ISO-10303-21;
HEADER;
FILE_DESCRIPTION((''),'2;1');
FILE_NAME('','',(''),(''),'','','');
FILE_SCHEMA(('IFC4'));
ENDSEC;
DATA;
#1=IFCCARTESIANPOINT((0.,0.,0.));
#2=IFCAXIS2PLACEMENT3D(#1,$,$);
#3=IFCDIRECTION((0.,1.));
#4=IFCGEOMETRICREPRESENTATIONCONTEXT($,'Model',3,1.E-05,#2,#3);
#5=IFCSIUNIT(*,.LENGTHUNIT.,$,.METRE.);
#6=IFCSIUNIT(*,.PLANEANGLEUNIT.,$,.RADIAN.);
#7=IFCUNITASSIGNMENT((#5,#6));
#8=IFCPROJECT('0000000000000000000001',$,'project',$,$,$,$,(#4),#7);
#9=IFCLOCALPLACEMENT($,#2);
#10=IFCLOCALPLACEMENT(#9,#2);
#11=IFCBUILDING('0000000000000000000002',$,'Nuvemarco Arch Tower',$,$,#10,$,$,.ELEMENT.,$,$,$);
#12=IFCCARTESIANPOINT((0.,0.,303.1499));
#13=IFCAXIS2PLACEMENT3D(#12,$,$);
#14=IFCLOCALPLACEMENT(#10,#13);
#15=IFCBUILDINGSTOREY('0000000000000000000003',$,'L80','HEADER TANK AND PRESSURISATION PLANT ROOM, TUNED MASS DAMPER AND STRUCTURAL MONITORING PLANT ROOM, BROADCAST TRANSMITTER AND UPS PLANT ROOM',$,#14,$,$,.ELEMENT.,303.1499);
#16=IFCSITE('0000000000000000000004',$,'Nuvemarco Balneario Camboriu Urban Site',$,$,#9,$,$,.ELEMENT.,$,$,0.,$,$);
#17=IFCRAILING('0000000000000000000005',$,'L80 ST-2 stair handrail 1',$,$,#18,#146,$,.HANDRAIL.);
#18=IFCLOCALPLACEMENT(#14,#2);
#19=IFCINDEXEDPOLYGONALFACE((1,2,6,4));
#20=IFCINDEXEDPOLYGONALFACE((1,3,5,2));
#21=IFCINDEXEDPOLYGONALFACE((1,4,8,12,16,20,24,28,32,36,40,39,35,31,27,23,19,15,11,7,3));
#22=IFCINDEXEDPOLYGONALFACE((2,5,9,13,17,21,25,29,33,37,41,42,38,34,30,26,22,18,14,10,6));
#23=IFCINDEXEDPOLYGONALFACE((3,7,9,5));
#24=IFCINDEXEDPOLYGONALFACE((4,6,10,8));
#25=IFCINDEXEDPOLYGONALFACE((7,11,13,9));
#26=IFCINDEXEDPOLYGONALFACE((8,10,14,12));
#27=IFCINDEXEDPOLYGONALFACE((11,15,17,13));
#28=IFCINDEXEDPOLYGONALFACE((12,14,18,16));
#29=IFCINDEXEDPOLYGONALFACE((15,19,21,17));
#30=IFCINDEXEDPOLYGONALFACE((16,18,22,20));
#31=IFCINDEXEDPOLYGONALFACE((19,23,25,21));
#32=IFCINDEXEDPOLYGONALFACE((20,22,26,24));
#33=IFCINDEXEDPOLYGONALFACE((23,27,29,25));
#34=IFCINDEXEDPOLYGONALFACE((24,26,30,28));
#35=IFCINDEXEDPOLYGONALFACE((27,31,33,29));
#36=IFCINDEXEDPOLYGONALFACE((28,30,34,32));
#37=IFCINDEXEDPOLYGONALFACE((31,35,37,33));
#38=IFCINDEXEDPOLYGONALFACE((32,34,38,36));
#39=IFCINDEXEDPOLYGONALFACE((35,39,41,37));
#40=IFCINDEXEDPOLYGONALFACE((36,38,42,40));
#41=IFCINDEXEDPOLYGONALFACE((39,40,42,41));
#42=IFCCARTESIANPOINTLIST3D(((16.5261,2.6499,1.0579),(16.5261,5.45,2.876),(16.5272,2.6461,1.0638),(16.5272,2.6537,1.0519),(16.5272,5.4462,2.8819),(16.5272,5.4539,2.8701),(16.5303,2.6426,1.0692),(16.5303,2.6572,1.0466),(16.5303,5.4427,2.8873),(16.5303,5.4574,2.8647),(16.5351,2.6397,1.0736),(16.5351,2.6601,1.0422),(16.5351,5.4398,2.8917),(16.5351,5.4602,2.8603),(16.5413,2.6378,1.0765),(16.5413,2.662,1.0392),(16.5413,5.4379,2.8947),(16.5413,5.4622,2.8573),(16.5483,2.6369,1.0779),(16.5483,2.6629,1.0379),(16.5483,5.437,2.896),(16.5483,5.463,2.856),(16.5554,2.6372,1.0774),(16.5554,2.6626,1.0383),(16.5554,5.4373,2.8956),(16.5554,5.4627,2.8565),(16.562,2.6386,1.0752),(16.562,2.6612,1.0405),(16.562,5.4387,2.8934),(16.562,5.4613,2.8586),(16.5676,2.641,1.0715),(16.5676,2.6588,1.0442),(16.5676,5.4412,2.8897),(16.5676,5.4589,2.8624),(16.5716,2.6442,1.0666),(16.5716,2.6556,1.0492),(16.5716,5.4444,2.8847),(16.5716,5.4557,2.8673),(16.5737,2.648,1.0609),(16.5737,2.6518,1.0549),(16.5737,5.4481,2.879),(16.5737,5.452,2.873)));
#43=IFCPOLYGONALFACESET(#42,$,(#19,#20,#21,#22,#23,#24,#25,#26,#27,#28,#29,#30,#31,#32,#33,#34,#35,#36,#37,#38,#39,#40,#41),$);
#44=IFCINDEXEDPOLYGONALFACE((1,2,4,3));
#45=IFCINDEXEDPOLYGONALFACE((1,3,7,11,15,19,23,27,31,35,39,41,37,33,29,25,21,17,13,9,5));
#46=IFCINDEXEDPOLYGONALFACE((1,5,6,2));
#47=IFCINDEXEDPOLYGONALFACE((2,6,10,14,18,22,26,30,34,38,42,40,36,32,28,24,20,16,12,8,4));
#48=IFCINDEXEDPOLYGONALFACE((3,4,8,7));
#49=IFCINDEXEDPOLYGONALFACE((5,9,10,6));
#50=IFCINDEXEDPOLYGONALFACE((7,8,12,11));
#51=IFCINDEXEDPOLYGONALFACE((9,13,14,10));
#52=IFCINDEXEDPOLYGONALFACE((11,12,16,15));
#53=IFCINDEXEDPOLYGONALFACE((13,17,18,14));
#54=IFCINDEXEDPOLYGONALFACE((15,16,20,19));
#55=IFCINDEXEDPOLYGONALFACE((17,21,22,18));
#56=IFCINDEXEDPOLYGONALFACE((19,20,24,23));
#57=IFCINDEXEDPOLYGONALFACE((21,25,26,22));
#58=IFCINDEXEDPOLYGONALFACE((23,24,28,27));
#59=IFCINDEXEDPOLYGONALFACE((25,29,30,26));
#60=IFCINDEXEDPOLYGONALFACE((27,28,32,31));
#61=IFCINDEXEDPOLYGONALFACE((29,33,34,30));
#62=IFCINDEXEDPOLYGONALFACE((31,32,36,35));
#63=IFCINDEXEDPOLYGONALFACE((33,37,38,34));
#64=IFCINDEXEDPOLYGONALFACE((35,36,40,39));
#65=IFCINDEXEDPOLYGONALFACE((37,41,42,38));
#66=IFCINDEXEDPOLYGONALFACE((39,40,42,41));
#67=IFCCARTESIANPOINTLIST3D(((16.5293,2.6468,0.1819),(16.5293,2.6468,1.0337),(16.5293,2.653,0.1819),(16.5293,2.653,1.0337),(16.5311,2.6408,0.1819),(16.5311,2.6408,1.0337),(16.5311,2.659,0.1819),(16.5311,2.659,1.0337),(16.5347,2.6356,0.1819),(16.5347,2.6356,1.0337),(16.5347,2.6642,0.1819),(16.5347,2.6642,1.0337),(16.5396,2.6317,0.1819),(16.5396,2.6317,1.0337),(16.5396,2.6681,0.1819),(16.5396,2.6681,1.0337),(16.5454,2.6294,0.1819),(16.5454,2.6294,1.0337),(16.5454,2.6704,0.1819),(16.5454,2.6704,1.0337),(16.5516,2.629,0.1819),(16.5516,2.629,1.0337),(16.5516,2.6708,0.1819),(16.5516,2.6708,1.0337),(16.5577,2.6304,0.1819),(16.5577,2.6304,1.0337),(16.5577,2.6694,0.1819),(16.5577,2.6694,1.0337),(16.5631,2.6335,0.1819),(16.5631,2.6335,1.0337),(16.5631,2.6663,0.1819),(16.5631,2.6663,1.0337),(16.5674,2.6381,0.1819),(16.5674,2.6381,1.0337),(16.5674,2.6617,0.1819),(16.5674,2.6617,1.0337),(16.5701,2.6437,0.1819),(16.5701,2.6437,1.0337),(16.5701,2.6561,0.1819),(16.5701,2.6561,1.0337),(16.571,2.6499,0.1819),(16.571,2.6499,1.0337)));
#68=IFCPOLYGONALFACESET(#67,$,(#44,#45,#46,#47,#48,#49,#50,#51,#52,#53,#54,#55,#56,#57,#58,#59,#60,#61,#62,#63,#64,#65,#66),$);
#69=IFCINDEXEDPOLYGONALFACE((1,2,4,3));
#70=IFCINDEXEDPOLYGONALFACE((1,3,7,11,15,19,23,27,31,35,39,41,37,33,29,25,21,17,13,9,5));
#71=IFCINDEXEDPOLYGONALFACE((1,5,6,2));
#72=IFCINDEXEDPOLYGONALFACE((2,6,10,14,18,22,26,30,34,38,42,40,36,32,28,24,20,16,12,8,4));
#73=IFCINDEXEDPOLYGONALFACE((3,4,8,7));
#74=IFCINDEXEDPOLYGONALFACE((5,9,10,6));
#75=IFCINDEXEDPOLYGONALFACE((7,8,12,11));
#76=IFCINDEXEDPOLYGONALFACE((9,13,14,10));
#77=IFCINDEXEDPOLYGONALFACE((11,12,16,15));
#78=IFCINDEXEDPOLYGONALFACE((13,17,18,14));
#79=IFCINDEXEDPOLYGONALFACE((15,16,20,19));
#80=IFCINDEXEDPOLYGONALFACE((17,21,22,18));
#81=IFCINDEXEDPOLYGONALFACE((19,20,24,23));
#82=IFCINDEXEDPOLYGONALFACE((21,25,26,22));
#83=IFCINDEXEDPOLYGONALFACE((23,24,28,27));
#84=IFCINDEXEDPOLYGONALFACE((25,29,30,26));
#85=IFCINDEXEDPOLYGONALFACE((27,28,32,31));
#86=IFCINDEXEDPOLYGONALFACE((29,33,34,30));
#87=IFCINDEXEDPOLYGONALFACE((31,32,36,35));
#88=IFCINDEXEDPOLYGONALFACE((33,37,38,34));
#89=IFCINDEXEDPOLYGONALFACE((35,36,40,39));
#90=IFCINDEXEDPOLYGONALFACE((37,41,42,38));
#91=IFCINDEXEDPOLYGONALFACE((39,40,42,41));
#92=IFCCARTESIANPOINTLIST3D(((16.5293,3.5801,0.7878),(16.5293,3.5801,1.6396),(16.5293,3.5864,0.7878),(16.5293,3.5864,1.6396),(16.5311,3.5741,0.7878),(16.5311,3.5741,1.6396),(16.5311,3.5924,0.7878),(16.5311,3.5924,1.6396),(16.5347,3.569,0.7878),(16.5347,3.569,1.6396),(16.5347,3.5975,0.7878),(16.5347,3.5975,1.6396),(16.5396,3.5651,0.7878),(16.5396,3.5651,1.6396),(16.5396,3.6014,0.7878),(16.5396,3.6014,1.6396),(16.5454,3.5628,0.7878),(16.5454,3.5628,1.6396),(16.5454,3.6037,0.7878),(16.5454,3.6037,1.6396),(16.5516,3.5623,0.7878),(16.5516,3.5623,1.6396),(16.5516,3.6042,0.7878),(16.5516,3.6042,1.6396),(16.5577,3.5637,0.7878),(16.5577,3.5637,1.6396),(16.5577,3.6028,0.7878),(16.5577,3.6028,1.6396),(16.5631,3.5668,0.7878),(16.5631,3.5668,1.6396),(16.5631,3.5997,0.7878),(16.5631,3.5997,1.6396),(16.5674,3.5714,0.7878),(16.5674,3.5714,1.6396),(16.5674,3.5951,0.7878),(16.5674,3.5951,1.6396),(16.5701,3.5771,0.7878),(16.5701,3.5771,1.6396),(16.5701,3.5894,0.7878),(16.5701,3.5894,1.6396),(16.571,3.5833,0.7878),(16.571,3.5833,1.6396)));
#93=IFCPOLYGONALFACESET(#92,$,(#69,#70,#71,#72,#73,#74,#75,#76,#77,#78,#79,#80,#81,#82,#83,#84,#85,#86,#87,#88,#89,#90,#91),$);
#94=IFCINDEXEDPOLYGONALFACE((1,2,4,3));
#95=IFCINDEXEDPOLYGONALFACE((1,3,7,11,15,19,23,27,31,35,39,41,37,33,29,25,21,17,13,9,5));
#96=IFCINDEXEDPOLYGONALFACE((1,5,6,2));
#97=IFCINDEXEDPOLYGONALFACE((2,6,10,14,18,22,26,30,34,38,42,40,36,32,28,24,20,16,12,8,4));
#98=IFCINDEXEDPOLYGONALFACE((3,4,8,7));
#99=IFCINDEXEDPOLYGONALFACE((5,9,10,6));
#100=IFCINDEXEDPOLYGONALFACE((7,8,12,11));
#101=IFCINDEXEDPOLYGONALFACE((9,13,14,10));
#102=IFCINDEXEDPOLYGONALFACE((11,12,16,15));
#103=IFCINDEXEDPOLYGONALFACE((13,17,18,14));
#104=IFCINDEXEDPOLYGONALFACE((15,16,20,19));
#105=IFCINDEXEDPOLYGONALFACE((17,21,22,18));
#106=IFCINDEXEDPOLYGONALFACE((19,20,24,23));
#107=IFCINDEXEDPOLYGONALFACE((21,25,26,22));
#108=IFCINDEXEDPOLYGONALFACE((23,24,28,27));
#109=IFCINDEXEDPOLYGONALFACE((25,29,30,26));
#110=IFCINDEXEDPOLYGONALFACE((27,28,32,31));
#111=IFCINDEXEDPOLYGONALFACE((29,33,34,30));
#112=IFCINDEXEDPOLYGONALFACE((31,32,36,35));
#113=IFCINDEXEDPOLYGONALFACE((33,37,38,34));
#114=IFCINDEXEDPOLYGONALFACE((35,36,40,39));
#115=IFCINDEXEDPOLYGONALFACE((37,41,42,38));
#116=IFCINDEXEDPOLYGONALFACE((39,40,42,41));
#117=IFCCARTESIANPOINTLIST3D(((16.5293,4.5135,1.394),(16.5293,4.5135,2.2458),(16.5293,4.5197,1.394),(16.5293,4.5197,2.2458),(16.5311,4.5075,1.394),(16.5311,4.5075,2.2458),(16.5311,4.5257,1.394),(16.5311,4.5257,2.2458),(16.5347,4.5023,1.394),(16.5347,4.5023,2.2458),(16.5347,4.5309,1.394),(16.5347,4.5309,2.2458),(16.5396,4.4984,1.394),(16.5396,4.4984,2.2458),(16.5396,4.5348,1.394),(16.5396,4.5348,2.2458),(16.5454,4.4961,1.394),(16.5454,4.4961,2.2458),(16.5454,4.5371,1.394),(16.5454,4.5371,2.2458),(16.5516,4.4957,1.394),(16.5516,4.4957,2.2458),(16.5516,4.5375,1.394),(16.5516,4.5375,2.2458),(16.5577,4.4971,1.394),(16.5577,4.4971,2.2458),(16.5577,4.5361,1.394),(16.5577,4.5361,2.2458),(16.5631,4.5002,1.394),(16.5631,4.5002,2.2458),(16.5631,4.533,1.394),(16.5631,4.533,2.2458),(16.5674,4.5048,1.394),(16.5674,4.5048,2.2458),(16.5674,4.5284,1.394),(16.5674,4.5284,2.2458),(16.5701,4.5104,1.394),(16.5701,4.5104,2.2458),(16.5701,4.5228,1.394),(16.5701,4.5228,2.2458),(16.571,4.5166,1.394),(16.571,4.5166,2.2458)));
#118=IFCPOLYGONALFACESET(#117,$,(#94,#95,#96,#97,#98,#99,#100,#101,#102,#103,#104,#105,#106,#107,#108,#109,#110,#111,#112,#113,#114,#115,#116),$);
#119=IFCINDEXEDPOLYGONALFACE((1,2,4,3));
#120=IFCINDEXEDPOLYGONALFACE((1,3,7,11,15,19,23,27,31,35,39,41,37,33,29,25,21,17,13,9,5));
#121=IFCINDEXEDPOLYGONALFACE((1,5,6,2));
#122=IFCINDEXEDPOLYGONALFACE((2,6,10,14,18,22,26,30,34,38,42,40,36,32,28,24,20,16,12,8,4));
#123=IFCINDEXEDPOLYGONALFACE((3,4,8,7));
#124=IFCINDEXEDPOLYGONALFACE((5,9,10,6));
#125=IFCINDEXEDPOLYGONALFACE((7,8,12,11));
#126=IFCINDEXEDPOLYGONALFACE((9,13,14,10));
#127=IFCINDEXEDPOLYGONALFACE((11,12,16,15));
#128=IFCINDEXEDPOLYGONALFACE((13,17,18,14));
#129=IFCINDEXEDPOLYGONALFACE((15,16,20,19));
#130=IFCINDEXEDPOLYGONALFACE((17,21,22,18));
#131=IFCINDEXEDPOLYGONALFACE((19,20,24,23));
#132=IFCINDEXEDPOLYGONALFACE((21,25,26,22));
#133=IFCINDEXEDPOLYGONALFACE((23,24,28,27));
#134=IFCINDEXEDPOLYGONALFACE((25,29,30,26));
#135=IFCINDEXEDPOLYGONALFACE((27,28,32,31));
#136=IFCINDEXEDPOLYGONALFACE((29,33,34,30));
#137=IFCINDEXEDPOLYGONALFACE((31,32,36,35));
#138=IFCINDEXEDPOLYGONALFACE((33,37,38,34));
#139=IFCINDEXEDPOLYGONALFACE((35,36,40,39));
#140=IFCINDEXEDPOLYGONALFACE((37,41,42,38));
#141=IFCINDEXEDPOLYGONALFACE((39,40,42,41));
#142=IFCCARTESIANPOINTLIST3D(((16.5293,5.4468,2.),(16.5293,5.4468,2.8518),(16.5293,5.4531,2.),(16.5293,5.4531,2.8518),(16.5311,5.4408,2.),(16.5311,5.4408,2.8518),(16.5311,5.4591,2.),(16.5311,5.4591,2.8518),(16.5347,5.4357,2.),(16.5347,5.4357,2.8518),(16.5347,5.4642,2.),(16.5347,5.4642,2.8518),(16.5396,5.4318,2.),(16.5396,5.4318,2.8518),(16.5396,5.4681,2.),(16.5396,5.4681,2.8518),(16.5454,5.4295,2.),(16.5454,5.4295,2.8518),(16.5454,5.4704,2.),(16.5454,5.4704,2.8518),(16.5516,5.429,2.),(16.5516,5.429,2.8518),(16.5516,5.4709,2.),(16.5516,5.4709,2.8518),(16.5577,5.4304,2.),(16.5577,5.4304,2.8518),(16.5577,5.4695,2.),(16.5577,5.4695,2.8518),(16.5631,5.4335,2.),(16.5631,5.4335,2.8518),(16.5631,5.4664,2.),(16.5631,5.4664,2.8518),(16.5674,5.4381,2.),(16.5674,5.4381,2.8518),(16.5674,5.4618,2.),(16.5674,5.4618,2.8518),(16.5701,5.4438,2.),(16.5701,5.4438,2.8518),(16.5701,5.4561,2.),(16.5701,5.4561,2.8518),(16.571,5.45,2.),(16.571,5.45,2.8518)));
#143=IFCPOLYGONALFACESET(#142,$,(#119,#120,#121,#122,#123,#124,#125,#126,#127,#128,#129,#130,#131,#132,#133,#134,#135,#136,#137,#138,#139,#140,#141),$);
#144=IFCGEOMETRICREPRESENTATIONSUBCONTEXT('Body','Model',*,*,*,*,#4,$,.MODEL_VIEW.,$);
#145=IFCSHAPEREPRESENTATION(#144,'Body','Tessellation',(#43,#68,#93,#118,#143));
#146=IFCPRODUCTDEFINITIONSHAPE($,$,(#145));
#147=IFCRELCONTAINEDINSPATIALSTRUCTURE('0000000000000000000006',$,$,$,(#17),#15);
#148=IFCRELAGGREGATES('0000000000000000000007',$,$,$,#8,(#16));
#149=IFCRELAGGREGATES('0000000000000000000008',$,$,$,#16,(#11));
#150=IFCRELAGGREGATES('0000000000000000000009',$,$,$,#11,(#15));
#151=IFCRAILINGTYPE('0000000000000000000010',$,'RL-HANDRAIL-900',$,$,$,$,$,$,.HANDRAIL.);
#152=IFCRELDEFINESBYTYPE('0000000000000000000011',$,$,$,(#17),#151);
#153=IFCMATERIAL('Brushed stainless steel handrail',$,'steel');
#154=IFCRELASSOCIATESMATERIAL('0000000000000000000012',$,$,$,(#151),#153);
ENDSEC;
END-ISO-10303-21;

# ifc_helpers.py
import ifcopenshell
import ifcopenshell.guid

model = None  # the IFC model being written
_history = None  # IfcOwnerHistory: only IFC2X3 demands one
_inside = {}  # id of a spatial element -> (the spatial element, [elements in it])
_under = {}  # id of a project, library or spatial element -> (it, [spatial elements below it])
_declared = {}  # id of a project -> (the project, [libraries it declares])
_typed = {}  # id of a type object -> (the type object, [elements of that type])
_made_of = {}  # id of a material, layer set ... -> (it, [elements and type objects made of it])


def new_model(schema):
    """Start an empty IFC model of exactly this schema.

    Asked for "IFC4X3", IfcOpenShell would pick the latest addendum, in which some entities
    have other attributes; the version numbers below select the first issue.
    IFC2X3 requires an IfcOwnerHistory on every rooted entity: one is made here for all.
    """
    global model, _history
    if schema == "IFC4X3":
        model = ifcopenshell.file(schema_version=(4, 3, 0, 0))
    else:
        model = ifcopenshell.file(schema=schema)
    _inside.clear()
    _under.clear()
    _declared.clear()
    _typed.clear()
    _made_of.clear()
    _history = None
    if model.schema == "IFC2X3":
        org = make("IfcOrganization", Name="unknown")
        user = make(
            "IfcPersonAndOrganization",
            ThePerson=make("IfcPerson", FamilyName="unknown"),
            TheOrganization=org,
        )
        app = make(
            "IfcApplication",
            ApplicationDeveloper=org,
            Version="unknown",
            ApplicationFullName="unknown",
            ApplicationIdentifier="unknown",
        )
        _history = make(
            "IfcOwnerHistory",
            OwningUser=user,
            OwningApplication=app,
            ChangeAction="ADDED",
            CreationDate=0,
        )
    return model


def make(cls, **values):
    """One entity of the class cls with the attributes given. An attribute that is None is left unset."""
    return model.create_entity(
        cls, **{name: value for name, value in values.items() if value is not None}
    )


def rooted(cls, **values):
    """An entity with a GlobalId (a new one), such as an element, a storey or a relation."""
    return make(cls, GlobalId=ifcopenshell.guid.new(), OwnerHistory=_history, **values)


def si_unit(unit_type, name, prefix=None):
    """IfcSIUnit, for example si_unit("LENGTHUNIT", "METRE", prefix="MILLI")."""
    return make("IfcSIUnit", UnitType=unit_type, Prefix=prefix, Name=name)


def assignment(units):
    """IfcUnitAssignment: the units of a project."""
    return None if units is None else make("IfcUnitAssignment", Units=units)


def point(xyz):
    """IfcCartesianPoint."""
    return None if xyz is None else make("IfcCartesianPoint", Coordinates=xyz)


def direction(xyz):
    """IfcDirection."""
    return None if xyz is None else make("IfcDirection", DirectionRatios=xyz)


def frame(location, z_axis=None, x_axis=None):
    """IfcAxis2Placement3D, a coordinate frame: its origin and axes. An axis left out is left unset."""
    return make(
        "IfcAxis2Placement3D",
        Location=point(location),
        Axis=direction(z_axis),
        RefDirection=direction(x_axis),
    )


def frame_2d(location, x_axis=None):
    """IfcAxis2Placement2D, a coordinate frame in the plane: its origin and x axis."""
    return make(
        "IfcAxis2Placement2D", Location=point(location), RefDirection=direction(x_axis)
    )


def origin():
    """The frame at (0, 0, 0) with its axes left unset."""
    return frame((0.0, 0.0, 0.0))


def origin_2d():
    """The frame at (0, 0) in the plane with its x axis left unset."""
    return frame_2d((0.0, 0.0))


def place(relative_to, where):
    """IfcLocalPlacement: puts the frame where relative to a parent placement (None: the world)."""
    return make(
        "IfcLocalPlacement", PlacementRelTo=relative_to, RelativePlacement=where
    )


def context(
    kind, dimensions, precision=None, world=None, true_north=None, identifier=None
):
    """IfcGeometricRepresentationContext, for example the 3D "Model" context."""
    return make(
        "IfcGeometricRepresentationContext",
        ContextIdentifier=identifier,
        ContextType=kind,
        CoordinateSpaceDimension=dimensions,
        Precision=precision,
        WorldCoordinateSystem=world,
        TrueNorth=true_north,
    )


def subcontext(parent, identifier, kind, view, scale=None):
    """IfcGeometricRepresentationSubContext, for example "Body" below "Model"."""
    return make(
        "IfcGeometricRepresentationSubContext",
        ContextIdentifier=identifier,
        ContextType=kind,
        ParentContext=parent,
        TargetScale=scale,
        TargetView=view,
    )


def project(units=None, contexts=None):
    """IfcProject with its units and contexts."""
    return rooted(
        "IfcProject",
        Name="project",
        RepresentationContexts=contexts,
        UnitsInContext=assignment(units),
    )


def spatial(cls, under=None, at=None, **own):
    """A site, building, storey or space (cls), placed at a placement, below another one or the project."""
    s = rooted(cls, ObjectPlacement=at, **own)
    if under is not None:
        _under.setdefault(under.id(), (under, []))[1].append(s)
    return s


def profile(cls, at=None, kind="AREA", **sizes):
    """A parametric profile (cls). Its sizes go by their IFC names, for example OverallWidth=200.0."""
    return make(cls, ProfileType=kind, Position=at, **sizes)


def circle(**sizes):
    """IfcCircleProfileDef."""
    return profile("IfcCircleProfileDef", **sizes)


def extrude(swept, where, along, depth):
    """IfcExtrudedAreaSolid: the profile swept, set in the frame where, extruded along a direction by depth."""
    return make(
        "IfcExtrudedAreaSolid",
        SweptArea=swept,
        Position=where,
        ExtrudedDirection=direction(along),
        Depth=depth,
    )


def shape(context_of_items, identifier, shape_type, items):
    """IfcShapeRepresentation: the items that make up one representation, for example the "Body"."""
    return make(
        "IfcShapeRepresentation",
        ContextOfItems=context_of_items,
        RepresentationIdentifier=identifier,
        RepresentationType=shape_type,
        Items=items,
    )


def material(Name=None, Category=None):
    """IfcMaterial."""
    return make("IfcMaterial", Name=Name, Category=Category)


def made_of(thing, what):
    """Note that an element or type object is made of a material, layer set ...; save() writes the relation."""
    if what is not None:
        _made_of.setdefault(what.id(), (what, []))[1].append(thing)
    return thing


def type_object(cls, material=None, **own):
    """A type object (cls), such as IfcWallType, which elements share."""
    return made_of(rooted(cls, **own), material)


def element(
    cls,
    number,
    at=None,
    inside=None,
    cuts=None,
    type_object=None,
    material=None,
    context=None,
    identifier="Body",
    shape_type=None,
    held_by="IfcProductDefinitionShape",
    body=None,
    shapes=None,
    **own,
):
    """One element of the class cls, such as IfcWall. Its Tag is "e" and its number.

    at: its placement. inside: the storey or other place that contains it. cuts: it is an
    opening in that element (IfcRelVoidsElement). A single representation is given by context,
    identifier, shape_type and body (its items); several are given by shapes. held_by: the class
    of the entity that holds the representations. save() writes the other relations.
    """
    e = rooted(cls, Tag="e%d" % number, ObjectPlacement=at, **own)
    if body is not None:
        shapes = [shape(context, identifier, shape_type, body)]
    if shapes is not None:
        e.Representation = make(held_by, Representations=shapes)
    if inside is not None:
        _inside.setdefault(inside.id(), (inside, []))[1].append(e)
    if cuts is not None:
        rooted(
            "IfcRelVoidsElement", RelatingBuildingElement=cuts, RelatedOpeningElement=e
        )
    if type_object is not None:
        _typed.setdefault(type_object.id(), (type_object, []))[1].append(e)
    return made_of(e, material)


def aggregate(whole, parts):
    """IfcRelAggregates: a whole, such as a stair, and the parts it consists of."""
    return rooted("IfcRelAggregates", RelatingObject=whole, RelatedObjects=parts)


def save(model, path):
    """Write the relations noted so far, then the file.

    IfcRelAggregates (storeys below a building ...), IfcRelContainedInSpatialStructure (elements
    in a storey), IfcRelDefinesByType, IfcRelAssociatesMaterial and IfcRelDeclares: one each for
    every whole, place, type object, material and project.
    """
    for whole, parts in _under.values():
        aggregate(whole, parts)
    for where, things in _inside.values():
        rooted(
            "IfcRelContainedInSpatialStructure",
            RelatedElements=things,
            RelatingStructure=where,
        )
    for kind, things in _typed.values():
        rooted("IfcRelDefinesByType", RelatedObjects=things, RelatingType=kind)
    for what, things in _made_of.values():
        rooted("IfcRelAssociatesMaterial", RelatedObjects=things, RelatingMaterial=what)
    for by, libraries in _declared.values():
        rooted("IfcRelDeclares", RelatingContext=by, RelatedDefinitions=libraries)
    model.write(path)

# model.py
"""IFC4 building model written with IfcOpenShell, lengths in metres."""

from ifc_helpers import new_model, si_unit, direction, frame, origin, origin_2d, place, context, subcontext, project, spatial, circle, extrude, material, type_object, element, save


model = new_model("IFC4")

# Units and contexts
model_context = context("Model", 3, precision=1e-05, world=origin(), true_north=direction((0.0, 1.0)))
body_context = subcontext(model_context, "Body", "Model", "MODEL_VIEW")
ifc_project = project(units=[si_unit("LENGTHUNIT", "METRE"), si_unit("PLANEANGLEUNIT", "RADIAN")], contexts=[model_context])

# Site, building, storey
site_placement = place(None, origin())
site = spatial("IfcSite", under=ifc_project, at=site_placement, Name="Nuvemarco Balneario Camboriu Urban Site", CompositionType="ELEMENT", RefElevation=0.0)
building_placement = place(site_placement, origin())
building = spatial("IfcBuilding", under=site, at=building_placement, Name="Nuvemarco Arch Tower", CompositionType="ELEMENT")
storey_placement = place(building_placement, frame((0.0, 0.0, 303.1499)))
storey = spatial("IfcBuildingStorey", under=building, at=storey_placement, Name="L80", Description="HEADER TANK AND PRESSURISATION PLANT ROOM, TUNED MASS DAMPER AND STRUCTURAL MONITORING PLANT ROOM, BROADCAST TRANSMITTER AND UPS PLANT ROOM", CompositionType="ELEMENT", Elevation=303.1499)

# Railing
ifc_material_1 = material(Name="Brushed stainless steel handrail", Category="steel")
railing_type_1 = type_object("IfcRailingType", Name="RL-HANDRAIL-900", PredefinedType="HANDRAIL", material=ifc_material_1)
railing_1_placement = place(storey_placement, frame((16.55, 2.6499, 0.1819)))
element("IfcRailing", 1, at=railing_1_placement, inside=storey, type_object=railing_type_1, Name="L80 ST-2 stair handrail 1", PredefinedType="HANDRAIL", context=body_context, shape_type="SweptSolid", body=[
    extrude(circle(Radius=0.0239, at=origin_2d()), frame((0.0, 0.0, 0.876), z_axis=(0.0, 0.838706, 0.544585), x_axis=(-1.0, 0.0, 0.0)), (0.0, 0.0, 1.0), 3.3386),
    extrude(circle(Radius=0.021, at=origin_2d()), origin(), (0.0, 0.0, 1.0), 0.8518),
    extrude(circle(Radius=0.021, at=origin_2d()), frame((0.0, 0.9333, 0.606)), (0.0, 0.0, 1.0), 0.8518),
    extrude(circle(Radius=0.021, at=origin_2d()), frame((0.0, 1.8667, 1.2122)), (0.0, 0.0, 1.0), 0.8518),
    extrude(circle(Radius=0.021, at=origin_2d()), frame((0.0, 2.8, 1.8181)), (0.0, 0.0, 1.0), 0.8518),
])

save(model, "model.ifc")
